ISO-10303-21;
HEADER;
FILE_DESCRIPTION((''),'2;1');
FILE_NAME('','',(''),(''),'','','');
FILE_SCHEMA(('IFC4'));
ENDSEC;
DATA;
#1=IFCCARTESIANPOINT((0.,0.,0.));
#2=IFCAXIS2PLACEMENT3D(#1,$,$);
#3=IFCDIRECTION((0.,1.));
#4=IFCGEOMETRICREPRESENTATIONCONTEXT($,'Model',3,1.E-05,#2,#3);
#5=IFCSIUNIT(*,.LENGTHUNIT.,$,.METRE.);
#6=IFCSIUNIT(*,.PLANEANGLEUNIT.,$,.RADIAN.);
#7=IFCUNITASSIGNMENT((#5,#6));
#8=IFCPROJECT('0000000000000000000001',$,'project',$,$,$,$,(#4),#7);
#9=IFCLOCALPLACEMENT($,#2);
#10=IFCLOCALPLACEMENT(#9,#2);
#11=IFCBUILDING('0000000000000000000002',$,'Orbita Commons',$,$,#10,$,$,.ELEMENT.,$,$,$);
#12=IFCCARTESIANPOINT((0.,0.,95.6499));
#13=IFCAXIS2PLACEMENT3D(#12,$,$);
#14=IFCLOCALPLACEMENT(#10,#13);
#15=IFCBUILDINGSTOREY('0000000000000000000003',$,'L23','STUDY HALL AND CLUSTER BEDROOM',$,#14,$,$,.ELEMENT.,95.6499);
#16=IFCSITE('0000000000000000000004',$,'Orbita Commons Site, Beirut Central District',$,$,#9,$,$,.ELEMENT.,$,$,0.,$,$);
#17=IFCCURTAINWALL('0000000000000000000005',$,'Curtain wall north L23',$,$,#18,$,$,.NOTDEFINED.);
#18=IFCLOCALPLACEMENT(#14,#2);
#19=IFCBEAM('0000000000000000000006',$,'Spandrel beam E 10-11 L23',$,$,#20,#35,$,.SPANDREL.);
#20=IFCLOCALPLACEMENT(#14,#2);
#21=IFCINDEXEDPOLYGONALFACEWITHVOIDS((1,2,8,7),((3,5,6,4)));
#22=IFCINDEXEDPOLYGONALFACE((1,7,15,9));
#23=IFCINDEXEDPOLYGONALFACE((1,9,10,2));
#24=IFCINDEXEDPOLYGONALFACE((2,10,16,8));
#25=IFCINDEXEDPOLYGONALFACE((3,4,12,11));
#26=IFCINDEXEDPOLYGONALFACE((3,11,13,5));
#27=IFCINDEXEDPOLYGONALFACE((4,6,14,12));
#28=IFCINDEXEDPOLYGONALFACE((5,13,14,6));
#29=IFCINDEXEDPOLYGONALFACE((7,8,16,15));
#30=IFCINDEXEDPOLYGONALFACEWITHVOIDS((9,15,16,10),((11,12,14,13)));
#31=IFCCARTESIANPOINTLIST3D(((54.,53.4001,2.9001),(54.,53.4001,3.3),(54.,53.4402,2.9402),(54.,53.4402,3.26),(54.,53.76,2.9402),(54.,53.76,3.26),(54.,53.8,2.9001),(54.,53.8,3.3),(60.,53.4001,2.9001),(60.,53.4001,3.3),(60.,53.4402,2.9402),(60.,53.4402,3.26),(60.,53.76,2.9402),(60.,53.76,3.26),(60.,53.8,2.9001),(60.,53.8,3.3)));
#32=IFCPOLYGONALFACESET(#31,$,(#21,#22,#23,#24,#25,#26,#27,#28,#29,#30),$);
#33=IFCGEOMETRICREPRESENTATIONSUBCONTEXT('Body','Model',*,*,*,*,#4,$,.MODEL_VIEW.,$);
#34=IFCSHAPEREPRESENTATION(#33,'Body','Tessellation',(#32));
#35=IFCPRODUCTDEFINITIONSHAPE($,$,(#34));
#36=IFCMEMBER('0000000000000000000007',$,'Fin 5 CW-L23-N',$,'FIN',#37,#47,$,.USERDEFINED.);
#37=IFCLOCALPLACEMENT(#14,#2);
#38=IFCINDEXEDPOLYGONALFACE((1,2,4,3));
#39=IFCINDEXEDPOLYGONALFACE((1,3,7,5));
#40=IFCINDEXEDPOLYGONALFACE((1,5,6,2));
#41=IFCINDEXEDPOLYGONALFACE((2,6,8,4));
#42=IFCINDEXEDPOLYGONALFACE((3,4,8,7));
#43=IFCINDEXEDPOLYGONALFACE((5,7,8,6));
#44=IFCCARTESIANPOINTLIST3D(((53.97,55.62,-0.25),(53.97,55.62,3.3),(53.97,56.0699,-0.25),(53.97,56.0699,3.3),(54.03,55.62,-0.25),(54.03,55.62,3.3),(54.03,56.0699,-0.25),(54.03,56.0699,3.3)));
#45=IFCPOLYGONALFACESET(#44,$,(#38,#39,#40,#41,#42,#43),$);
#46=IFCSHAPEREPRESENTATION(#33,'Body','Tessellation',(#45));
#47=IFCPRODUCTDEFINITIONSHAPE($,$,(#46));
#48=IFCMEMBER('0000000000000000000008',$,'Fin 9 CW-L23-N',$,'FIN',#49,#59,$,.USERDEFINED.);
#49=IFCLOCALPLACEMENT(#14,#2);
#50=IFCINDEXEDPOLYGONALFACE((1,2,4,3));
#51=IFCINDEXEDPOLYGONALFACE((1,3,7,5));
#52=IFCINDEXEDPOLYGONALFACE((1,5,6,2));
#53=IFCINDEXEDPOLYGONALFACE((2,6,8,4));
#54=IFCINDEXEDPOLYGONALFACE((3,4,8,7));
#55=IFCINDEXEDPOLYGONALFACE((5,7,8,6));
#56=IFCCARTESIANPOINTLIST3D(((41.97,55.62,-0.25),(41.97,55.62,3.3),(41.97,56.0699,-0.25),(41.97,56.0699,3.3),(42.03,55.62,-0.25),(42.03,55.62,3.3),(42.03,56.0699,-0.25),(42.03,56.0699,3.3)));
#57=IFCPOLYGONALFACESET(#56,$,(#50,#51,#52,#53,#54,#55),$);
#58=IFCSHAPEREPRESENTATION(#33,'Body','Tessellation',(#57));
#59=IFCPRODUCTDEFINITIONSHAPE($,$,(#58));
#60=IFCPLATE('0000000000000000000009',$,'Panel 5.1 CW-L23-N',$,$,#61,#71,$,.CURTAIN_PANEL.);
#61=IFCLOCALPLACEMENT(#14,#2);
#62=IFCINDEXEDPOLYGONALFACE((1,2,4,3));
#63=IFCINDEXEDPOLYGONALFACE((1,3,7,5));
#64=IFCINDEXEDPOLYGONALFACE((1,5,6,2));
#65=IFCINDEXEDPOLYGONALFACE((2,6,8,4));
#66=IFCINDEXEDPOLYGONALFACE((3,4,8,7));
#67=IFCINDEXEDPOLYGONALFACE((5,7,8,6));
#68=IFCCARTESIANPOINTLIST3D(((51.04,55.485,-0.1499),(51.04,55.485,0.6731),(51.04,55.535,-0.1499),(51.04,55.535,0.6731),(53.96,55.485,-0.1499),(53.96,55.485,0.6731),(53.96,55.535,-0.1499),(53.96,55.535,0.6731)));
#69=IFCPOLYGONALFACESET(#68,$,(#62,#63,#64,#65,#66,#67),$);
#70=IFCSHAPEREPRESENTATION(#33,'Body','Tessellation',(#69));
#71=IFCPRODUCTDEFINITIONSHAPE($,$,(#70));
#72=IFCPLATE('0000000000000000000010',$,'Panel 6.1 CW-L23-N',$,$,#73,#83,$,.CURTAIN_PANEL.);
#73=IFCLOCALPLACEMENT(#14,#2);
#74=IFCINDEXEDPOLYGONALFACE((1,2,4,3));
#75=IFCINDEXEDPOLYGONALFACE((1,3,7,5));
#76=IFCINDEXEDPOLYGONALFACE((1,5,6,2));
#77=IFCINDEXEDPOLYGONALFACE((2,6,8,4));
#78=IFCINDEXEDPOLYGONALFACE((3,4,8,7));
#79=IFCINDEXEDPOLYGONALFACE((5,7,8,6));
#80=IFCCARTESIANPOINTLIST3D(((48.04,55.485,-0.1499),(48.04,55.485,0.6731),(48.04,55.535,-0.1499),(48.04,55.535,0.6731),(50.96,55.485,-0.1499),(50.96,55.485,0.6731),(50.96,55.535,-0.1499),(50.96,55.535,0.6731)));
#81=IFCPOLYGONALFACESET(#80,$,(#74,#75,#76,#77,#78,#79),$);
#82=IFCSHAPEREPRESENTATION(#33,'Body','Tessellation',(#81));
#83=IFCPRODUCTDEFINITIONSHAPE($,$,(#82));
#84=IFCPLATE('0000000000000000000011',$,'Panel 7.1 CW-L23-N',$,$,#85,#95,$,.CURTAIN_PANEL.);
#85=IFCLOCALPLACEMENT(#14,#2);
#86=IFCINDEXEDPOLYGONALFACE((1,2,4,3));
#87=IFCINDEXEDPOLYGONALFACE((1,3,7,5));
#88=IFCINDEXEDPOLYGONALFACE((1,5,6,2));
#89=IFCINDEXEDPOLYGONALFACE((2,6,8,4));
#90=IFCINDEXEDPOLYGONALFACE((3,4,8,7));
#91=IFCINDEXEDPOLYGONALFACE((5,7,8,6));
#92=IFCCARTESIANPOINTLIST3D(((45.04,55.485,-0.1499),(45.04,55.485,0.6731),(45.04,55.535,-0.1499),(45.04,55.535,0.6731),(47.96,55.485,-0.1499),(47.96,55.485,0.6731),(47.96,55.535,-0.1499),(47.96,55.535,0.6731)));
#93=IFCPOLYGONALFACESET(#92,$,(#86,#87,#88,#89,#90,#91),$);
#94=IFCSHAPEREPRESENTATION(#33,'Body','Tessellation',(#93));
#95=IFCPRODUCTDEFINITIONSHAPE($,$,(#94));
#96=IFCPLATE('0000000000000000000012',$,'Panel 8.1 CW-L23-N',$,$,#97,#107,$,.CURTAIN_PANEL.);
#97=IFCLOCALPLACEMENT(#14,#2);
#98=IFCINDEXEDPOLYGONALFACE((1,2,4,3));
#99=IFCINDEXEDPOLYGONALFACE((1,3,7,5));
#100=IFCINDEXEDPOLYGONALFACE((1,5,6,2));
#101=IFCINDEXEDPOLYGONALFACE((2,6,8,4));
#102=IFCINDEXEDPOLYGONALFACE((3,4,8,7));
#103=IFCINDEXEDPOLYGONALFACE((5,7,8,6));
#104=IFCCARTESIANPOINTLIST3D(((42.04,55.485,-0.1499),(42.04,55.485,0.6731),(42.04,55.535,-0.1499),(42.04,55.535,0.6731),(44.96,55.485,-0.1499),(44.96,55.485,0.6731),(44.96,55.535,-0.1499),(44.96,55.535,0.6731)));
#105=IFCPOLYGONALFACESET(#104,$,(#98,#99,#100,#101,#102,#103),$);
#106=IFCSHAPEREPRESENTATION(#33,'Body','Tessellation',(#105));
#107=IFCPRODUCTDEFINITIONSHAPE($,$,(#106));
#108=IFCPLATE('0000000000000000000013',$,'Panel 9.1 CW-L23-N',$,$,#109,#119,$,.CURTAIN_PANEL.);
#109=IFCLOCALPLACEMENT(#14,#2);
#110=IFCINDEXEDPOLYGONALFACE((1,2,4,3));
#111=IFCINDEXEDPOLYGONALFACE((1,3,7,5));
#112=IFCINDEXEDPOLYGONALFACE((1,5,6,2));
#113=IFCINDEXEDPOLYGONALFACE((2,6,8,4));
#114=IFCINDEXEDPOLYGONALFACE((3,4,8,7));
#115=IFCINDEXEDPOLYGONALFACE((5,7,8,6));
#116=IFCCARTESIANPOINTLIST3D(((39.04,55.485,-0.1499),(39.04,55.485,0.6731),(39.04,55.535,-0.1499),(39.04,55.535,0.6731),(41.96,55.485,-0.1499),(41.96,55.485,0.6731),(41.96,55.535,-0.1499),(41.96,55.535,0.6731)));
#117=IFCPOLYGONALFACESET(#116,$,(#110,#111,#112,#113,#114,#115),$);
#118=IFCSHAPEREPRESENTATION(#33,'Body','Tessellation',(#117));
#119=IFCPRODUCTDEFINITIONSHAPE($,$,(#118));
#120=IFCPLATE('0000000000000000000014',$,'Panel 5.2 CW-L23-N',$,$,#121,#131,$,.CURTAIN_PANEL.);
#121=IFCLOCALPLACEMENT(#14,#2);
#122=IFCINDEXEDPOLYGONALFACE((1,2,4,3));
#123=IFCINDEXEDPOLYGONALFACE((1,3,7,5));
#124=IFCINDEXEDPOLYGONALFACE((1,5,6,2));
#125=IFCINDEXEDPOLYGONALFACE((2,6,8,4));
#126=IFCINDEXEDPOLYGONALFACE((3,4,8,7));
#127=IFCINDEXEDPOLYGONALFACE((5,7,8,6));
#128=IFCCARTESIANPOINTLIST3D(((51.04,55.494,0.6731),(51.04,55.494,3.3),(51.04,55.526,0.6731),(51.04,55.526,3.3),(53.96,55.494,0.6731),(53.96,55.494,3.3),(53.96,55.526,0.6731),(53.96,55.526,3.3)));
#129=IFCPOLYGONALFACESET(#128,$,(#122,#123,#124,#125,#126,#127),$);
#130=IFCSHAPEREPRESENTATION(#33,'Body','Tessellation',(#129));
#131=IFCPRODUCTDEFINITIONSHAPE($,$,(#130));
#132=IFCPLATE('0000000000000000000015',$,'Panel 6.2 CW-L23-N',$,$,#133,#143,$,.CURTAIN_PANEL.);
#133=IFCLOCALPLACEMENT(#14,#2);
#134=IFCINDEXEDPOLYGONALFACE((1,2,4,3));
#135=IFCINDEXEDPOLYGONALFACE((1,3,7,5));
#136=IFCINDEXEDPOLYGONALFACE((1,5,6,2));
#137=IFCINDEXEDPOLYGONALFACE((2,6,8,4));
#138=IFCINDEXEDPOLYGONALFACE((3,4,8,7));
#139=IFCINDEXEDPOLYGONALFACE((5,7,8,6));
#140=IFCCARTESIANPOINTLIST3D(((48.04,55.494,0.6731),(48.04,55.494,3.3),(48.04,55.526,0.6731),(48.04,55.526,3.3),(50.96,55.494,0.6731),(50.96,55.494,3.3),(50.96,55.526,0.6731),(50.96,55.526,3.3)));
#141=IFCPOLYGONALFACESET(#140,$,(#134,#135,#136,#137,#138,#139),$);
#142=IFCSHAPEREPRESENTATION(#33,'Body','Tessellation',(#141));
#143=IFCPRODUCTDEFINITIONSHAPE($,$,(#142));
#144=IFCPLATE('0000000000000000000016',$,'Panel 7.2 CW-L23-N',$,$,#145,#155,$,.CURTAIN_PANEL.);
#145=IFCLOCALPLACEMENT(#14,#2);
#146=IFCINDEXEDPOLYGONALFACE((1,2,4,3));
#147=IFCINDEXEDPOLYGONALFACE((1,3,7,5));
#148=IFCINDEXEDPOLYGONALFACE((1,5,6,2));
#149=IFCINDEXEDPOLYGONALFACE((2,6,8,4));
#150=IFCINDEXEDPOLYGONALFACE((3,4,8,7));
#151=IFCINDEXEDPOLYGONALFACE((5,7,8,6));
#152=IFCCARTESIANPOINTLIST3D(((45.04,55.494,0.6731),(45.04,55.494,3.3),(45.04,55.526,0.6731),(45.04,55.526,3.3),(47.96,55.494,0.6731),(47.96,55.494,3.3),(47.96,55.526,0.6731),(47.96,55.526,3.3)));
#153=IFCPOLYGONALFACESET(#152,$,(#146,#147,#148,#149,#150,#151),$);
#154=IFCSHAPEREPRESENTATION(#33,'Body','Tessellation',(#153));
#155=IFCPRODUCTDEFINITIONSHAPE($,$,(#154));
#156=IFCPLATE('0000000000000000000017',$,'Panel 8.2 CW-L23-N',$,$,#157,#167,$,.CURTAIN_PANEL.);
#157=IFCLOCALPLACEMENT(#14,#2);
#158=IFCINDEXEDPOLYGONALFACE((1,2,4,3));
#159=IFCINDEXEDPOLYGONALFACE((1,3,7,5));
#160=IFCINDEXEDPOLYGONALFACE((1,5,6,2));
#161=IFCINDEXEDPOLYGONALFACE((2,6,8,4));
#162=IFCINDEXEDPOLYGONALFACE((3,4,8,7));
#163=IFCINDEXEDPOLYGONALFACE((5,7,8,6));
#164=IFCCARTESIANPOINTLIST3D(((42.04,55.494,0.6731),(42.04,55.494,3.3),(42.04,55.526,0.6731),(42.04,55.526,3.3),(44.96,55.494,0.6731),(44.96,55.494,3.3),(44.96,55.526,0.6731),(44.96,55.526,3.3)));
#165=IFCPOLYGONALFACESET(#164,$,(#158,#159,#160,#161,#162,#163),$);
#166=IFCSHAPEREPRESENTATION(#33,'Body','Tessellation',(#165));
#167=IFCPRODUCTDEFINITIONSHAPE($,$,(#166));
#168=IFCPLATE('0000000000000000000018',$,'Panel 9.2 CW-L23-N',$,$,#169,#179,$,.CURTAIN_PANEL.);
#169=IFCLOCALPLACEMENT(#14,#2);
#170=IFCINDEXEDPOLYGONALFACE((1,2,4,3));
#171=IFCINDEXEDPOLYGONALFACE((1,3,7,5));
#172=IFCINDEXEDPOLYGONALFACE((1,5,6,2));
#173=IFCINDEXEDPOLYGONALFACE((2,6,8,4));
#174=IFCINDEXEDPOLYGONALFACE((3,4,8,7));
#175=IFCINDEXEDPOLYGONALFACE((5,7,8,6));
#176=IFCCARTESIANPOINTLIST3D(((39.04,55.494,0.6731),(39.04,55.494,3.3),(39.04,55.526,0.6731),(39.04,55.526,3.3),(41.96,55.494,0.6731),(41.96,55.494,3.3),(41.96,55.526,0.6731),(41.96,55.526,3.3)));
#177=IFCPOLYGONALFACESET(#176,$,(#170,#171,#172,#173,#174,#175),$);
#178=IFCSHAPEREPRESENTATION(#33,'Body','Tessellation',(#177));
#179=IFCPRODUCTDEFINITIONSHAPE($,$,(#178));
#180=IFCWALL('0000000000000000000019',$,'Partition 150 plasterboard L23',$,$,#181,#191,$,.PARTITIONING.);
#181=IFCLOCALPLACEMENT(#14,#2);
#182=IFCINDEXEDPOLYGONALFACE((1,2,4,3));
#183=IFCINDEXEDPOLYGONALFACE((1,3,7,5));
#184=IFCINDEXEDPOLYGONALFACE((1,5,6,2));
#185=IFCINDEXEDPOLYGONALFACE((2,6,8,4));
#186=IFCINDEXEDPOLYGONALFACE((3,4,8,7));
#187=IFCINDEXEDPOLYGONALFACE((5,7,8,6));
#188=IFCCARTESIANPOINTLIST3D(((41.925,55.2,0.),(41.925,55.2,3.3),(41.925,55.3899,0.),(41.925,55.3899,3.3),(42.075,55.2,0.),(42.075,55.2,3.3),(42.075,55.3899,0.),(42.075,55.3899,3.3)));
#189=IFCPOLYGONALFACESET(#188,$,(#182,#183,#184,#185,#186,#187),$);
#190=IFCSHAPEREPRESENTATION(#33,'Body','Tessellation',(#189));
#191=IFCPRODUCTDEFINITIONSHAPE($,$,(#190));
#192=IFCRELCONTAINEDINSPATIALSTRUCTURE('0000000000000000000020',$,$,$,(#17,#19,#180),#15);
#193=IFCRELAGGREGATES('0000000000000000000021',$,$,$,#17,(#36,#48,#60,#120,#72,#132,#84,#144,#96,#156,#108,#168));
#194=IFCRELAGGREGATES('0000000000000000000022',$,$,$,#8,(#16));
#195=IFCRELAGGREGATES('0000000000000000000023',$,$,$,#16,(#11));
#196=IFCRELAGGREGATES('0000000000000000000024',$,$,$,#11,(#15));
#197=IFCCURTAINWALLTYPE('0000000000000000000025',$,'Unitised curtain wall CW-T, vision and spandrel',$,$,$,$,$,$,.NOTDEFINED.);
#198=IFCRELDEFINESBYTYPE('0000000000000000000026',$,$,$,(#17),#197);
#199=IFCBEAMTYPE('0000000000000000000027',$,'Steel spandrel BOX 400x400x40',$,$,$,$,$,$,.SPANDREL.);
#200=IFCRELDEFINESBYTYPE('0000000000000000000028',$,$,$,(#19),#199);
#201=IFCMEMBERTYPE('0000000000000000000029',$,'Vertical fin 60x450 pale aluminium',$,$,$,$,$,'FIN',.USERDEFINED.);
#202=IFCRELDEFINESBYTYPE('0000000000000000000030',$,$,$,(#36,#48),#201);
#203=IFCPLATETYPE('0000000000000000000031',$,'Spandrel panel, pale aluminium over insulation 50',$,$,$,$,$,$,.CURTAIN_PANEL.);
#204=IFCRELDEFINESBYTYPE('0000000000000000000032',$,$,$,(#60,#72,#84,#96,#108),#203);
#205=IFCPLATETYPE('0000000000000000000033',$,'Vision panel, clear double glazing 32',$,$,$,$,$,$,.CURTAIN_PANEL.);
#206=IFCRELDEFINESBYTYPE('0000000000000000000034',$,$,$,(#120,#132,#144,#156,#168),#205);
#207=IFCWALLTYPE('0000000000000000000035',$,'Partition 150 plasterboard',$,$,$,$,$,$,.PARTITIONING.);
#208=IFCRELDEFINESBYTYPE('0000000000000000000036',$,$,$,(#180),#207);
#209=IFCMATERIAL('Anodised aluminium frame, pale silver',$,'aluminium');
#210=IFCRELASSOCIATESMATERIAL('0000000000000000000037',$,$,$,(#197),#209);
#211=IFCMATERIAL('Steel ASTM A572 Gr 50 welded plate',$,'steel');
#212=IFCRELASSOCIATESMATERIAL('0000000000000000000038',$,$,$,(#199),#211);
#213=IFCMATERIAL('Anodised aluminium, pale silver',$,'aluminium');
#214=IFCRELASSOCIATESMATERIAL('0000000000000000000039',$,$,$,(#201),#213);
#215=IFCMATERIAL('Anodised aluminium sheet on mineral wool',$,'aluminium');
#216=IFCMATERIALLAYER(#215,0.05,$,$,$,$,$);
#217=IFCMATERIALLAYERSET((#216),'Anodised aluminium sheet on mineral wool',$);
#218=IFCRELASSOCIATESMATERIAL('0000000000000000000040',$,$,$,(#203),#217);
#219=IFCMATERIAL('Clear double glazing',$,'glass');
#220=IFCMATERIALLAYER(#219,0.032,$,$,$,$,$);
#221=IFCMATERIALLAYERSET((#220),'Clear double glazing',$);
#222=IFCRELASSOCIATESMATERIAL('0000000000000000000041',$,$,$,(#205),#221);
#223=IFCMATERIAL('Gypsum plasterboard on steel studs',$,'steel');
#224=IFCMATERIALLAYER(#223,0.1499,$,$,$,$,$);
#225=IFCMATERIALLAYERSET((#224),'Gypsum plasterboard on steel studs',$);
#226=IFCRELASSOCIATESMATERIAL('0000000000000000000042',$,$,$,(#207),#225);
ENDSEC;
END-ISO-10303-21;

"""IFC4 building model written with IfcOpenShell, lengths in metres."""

from ifc_helpers import new_model, si_unit, direction, frame, frame_2d, origin, origin_2d, place, context, subcontext, project, spatial, rectangle, hollow_rectangle, extrude, material, layer, layer_set, material_profile, profile_set, type_object, element, aggregate, save


model = new_model("IFC4")

# Units and contexts
model_context = context("Model", 3, precision=1e-05, world=origin(), true_north=direction((0.0, 1.0)))
body_context = subcontext(model_context, "Body", "Model", "MODEL_VIEW")
ifc_project = project(units=[si_unit("LENGTHUNIT", "METRE"), si_unit("PLANEANGLEUNIT", "RADIAN")], contexts=[model_context])

# Site, building, storey
site_placement = place(None, origin())
site = spatial("IfcSite", under=ifc_project, at=site_placement, Name="Orbita Commons Site, Beirut Central District", CompositionType="ELEMENT", RefElevation=0.0)
building_placement = place(site_placement, origin())
building = spatial("IfcBuilding", under=site, at=building_placement, Name="Orbita Commons", CompositionType="ELEMENT")
storey_placement = place(building_placement, frame((0.0, 0.0, 95.6499)))
storey = spatial("IfcBuildingStorey", under=building, at=storey_placement, Name="L23", Description="STUDY HALL AND CLUSTER BEDROOM", CompositionType="ELEMENT", Elevation=95.6499)

# Curtain wall
ifc_material_1 = material(Name="Anodised aluminium frame, pale silver", Category="aluminium")
curtain_wall_type = type_object("IfcCurtainWallType", Name="Unitised curtain wall CW-T, vision and spandrel", PredefinedType="NOTDEFINED", material=ifc_material_1)
curtain_wall_placement = place(storey_placement, origin())
curtain_wall = element("IfcCurtainWall", 1, at=curtain_wall_placement, inside=storey, type_object=curtain_wall_type, Name="Curtain wall north L23", PredefinedType="NOTDEFINED")

# Beam
ifc_material_2 = material(Name="Steel ASTM A572 Gr 50 welded plate", Category="steel")
ifc_material_profile_1 = material_profile(ifc_material_2, hollow_rectangle(XDim=0.3999, YDim=0.3999, WallThickness=0.04, at=origin_2d()), Name="BOX 400x400x40")
ifc_profile_set_1 = profile_set([ifc_material_profile_1], Name="Steel ASTM A572 Gr 50 welded plate")
beam_type = type_object("IfcBeamType", Name="Steel spandrel BOX 400x400x40", PredefinedType="SPANDREL", material=ifc_profile_set_1)
beam_placement = place(storey_placement, frame((54.0, 53.6001, 3.1001), z_axis=(1.0, 0.0, 0.0), x_axis=(0.0, 1.0, 0.0)))
element("IfcBeam", 2, at=beam_placement, inside=storey, type_object=beam_type, Name="Spandrel beam E 10-11 L23", PredefinedType="SPANDREL", context=body_context, shape_type="SweptSolid", body=[
    extrude(hollow_rectangle(XDim=0.3999, YDim=0.3999, WallThickness=0.04, at=origin_2d()), origin(), (0.0, 0.0, 1.0), 6.0),
])

# Members
ifc_material_3 = material(Name="Anodised aluminium, pale silver", Category="aluminium")
ifc_material_profile_2 = material_profile(ifc_material_3, rectangle(XDim=0.0601, YDim=0.45, at=origin_2d()), Name="FIN 60x450")
ifc_profile_set_2 = profile_set([ifc_material_profile_2], Name="Anodised aluminium, pale silver")
member_type_1 = type_object("IfcMemberType", Name="Vertical fin 60x450 pale aluminium", ElementType="FIN", PredefinedType="USERDEFINED", material=ifc_profile_set_2)
member_1_placement = place(storey_placement, frame((54.0, 55.845, -0.25), z_axis=(0.0, 0.0, 1.0), x_axis=(-1.0, 0.0, 0.0)))
member_1 = element("IfcMember", 3, at=member_1_placement, type_object=member_type_1, Name="Fin 5 CW-L23-N", ObjectType="FIN", PredefinedType="USERDEFINED", context=body_context, shape_type="SweptSolid", body=[
    extrude(rectangle(XDim=0.0601, YDim=0.45, at=origin_2d()), origin(), (0.0, 0.0, 1.0), 3.55),
])
member_2_placement = place(storey_placement, frame((42.0, 55.845, -0.25), z_axis=(0.0, 0.0, 1.0), x_axis=(-1.0, 0.0, 0.0)))
member_2 = element("IfcMember", 4, at=member_2_placement, type_object=member_type_1, Name="Fin 9 CW-L23-N", ObjectType="FIN", PredefinedType="USERDEFINED", context=body_context, shape_type="SweptSolid", body=[
    extrude(rectangle(XDim=0.0601, YDim=0.45, at=origin_2d()), origin(), (0.0, 0.0, 1.0), 3.55),
])

# Plates
ifc_material_4 = material(Name="Anodised aluminium sheet on mineral wool", Category="aluminium")
ifc_layer_1 = layer(ifc_material_4, 0.05)
ifc_layer_set_1 = layer_set([ifc_layer_1], Name="Anodised aluminium sheet on mineral wool")
plate_type_1 = type_object("IfcPlateType", Name="Spandrel panel, pale aluminium over insulation 50", PredefinedType="CURTAIN_PANEL", material=ifc_layer_set_1)
plate_1_placement = place(storey_placement, frame((52.5, 55.51, -0.1499), z_axis=(0.0, 0.0, 1.0), x_axis=(-1.0, 0.0, 0.0)))
plate_1 = element("IfcPlate", 5, at=plate_1_placement, type_object=plate_type_1, Name="Panel 5.1 CW-L23-N", PredefinedType="CURTAIN_PANEL", context=body_context, shape_type="SweptSolid", body=[
    extrude(rectangle(XDim=2.9199, YDim=0.05, at=origin_2d()), origin(), (0.0, 0.0, 1.0), 0.823),
])
plate_2_placement = place(storey_placement, frame((49.5, 55.51, -0.1499), z_axis=(0.0, 0.0, 1.0), x_axis=(-1.0, 0.0, 0.0)))
plate_2 = element("IfcPlate", 6, at=plate_2_placement, type_object=plate_type_1, Name="Panel 6.1 CW-L23-N", PredefinedType="CURTAIN_PANEL", context=body_context, shape_type="SweptSolid", body=[
    extrude(rectangle(XDim=2.9199, YDim=0.05, at=origin_2d()), origin(), (0.0, 0.0, 1.0), 0.823),
])
plate_3_placement = place(storey_placement, frame((46.5, 55.51, -0.1499), z_axis=(0.0, 0.0, 1.0), x_axis=(-1.0, 0.0, 0.0)))
plate_3 = element("IfcPlate", 7, at=plate_3_placement, type_object=plate_type_1, Name="Panel 7.1 CW-L23-N", PredefinedType="CURTAIN_PANEL", context=body_context, shape_type="SweptSolid", body=[
    extrude(rectangle(XDim=2.9199, YDim=0.05, at=origin_2d()), origin(), (0.0, 0.0, 1.0), 0.823),
])
plate_4_placement = place(storey_placement, frame((43.5, 55.51, -0.1499), z_axis=(0.0, 0.0, 1.0), x_axis=(-1.0, 0.0, 0.0)))
plate_4 = element("IfcPlate", 8, at=plate_4_placement, type_object=plate_type_1, Name="Panel 8.1 CW-L23-N", PredefinedType="CURTAIN_PANEL", context=body_context, shape_type="SweptSolid", body=[
    extrude(rectangle(XDim=2.9199, YDim=0.05, at=origin_2d()), origin(), (0.0, 0.0, 1.0), 0.823),
])
plate_5_placement = place(storey_placement, frame((40.5, 55.51, -0.1499), z_axis=(0.0, 0.0, 1.0), x_axis=(-1.0, 0.0, 0.0)))
plate_5 = element("IfcPlate", 9, at=plate_5_placement, type_object=plate_type_1, Name="Panel 9.1 CW-L23-N", PredefinedType="CURTAIN_PANEL", context=body_context, shape_type="SweptSolid", body=[
    extrude(rectangle(XDim=2.9199, YDim=0.05, at=origin_2d()), origin(), (0.0, 0.0, 1.0), 0.823),
])
ifc_material_5 = material(Name="Clear double glazing", Category="glass")
ifc_layer_2 = layer(ifc_material_5, 0.032)
ifc_layer_set_2 = layer_set([ifc_layer_2], Name="Clear double glazing")
plate_type_2 = type_object("IfcPlateType", Name="Vision panel, clear double glazing 32", PredefinedType="CURTAIN_PANEL", material=ifc_layer_set_2)
plate_6_placement = place(storey_placement, frame((52.5, 55.51, 0.6731), z_axis=(0.0, 0.0, 1.0), x_axis=(-1.0, 0.0, 0.0)))
plate_6 = element("IfcPlate", 10, at=plate_6_placement, type_object=plate_type_2, Name="Panel 5.2 CW-L23-N", PredefinedType="CURTAIN_PANEL", context=body_context, shape_type="SweptSolid", body=[
    extrude(rectangle(XDim=2.9199, YDim=0.032, at=origin_2d()), origin(), (0.0, 0.0, 1.0), 2.627),
])
plate_7_placement = place(storey_placement, frame((49.5, 55.51, 0.6731), z_axis=(0.0, 0.0, 1.0), x_axis=(-1.0, 0.0, 0.0)))
plate_7 = element("IfcPlate", 11, at=plate_7_placement, type_object=plate_type_2, Name="Panel 6.2 CW-L23-N", PredefinedType="CURTAIN_PANEL", context=body_context, shape_type="SweptSolid", body=[
    extrude(rectangle(XDim=2.9199, YDim=0.032, at=origin_2d()), origin(), (0.0, 0.0, 1.0), 2.627),
])
plate_8_placement = place(storey_placement, frame((46.5, 55.51, 0.6731), z_axis=(0.0, 0.0, 1.0), x_axis=(-1.0, 0.0, 0.0)))
plate_8 = element("IfcPlate", 12, at=plate_8_placement, type_object=plate_type_2, Name="Panel 7.2 CW-L23-N", PredefinedType="CURTAIN_PANEL", context=body_context, shape_type="SweptSolid", body=[
    extrude(rectangle(XDim=2.9199, YDim=0.032, at=origin_2d()), origin(), (0.0, 0.0, 1.0), 2.627),
])
plate_9_placement = place(storey_placement, frame((43.5, 55.51, 0.6731), z_axis=(0.0, 0.0, 1.0), x_axis=(-1.0, 0.0, 0.0)))
plate_9 = element("IfcPlate", 13, at=plate_9_placement, type_object=plate_type_2, Name="Panel 8.2 CW-L23-N", PredefinedType="CURTAIN_PANEL", context=body_context, shape_type="SweptSolid", body=[
    extrude(rectangle(XDim=2.9199, YDim=0.032, at=origin_2d()), origin(), (0.0, 0.0, 1.0), 2.627),
])
plate_10_placement = place(storey_placement, frame((40.5, 55.51, 0.6731), z_axis=(0.0, 0.0, 1.0), x_axis=(-1.0, 0.0, 0.0)))
plate_10 = element("IfcPlate", 14, at=plate_10_placement, type_object=plate_type_2, Name="Panel 9.2 CW-L23-N", PredefinedType="CURTAIN_PANEL", context=body_context, shape_type="SweptSolid", body=[
    extrude(rectangle(XDim=2.9199, YDim=0.032, at=origin_2d()), origin(), (0.0, 0.0, 1.0), 2.627),
])
aggregate(curtain_wall, [member_1, member_2, plate_1, plate_6, plate_2, plate_7, plate_3, plate_8, plate_4, plate_9, plate_5, plate_10])

# Wall
ifc_material_6 = material(Name="Gypsum plasterboard on steel studs", Category="steel")
ifc_layer_3 = layer(ifc_material_6, 0.1499)
ifc_layer_set_3 = layer_set([ifc_layer_3], Name="Gypsum plasterboard on steel studs")
wall_type_1 = type_object("IfcWallType", Name="Partition 150 plasterboard", PredefinedType="PARTITIONING", material=ifc_layer_set_3)
for number, where, z_axis, x_axis, name in (
    (15, (42.0, 55.2, 0.0), (0.0, 0.0, 1.0), (0.0, 1.0, 0.0), "Partition 150 plasterboard L23"),
):
    element("IfcWall", number, at=place(storey_placement, frame(where, z_axis=z_axis, x_axis=x_axis)), inside=storey, type_object=wall_type_1, Name=name, PredefinedType="PARTITIONING", context=body_context, shape_type="SweptSolid", body=[
        extrude(rectangle(XDim=0.1899, YDim=0.1499, at=frame_2d((0.095, 0.0))), origin(), (0.0, 0.0, 1.0), 3.3),
    ])

save(model, "model.ifc")
